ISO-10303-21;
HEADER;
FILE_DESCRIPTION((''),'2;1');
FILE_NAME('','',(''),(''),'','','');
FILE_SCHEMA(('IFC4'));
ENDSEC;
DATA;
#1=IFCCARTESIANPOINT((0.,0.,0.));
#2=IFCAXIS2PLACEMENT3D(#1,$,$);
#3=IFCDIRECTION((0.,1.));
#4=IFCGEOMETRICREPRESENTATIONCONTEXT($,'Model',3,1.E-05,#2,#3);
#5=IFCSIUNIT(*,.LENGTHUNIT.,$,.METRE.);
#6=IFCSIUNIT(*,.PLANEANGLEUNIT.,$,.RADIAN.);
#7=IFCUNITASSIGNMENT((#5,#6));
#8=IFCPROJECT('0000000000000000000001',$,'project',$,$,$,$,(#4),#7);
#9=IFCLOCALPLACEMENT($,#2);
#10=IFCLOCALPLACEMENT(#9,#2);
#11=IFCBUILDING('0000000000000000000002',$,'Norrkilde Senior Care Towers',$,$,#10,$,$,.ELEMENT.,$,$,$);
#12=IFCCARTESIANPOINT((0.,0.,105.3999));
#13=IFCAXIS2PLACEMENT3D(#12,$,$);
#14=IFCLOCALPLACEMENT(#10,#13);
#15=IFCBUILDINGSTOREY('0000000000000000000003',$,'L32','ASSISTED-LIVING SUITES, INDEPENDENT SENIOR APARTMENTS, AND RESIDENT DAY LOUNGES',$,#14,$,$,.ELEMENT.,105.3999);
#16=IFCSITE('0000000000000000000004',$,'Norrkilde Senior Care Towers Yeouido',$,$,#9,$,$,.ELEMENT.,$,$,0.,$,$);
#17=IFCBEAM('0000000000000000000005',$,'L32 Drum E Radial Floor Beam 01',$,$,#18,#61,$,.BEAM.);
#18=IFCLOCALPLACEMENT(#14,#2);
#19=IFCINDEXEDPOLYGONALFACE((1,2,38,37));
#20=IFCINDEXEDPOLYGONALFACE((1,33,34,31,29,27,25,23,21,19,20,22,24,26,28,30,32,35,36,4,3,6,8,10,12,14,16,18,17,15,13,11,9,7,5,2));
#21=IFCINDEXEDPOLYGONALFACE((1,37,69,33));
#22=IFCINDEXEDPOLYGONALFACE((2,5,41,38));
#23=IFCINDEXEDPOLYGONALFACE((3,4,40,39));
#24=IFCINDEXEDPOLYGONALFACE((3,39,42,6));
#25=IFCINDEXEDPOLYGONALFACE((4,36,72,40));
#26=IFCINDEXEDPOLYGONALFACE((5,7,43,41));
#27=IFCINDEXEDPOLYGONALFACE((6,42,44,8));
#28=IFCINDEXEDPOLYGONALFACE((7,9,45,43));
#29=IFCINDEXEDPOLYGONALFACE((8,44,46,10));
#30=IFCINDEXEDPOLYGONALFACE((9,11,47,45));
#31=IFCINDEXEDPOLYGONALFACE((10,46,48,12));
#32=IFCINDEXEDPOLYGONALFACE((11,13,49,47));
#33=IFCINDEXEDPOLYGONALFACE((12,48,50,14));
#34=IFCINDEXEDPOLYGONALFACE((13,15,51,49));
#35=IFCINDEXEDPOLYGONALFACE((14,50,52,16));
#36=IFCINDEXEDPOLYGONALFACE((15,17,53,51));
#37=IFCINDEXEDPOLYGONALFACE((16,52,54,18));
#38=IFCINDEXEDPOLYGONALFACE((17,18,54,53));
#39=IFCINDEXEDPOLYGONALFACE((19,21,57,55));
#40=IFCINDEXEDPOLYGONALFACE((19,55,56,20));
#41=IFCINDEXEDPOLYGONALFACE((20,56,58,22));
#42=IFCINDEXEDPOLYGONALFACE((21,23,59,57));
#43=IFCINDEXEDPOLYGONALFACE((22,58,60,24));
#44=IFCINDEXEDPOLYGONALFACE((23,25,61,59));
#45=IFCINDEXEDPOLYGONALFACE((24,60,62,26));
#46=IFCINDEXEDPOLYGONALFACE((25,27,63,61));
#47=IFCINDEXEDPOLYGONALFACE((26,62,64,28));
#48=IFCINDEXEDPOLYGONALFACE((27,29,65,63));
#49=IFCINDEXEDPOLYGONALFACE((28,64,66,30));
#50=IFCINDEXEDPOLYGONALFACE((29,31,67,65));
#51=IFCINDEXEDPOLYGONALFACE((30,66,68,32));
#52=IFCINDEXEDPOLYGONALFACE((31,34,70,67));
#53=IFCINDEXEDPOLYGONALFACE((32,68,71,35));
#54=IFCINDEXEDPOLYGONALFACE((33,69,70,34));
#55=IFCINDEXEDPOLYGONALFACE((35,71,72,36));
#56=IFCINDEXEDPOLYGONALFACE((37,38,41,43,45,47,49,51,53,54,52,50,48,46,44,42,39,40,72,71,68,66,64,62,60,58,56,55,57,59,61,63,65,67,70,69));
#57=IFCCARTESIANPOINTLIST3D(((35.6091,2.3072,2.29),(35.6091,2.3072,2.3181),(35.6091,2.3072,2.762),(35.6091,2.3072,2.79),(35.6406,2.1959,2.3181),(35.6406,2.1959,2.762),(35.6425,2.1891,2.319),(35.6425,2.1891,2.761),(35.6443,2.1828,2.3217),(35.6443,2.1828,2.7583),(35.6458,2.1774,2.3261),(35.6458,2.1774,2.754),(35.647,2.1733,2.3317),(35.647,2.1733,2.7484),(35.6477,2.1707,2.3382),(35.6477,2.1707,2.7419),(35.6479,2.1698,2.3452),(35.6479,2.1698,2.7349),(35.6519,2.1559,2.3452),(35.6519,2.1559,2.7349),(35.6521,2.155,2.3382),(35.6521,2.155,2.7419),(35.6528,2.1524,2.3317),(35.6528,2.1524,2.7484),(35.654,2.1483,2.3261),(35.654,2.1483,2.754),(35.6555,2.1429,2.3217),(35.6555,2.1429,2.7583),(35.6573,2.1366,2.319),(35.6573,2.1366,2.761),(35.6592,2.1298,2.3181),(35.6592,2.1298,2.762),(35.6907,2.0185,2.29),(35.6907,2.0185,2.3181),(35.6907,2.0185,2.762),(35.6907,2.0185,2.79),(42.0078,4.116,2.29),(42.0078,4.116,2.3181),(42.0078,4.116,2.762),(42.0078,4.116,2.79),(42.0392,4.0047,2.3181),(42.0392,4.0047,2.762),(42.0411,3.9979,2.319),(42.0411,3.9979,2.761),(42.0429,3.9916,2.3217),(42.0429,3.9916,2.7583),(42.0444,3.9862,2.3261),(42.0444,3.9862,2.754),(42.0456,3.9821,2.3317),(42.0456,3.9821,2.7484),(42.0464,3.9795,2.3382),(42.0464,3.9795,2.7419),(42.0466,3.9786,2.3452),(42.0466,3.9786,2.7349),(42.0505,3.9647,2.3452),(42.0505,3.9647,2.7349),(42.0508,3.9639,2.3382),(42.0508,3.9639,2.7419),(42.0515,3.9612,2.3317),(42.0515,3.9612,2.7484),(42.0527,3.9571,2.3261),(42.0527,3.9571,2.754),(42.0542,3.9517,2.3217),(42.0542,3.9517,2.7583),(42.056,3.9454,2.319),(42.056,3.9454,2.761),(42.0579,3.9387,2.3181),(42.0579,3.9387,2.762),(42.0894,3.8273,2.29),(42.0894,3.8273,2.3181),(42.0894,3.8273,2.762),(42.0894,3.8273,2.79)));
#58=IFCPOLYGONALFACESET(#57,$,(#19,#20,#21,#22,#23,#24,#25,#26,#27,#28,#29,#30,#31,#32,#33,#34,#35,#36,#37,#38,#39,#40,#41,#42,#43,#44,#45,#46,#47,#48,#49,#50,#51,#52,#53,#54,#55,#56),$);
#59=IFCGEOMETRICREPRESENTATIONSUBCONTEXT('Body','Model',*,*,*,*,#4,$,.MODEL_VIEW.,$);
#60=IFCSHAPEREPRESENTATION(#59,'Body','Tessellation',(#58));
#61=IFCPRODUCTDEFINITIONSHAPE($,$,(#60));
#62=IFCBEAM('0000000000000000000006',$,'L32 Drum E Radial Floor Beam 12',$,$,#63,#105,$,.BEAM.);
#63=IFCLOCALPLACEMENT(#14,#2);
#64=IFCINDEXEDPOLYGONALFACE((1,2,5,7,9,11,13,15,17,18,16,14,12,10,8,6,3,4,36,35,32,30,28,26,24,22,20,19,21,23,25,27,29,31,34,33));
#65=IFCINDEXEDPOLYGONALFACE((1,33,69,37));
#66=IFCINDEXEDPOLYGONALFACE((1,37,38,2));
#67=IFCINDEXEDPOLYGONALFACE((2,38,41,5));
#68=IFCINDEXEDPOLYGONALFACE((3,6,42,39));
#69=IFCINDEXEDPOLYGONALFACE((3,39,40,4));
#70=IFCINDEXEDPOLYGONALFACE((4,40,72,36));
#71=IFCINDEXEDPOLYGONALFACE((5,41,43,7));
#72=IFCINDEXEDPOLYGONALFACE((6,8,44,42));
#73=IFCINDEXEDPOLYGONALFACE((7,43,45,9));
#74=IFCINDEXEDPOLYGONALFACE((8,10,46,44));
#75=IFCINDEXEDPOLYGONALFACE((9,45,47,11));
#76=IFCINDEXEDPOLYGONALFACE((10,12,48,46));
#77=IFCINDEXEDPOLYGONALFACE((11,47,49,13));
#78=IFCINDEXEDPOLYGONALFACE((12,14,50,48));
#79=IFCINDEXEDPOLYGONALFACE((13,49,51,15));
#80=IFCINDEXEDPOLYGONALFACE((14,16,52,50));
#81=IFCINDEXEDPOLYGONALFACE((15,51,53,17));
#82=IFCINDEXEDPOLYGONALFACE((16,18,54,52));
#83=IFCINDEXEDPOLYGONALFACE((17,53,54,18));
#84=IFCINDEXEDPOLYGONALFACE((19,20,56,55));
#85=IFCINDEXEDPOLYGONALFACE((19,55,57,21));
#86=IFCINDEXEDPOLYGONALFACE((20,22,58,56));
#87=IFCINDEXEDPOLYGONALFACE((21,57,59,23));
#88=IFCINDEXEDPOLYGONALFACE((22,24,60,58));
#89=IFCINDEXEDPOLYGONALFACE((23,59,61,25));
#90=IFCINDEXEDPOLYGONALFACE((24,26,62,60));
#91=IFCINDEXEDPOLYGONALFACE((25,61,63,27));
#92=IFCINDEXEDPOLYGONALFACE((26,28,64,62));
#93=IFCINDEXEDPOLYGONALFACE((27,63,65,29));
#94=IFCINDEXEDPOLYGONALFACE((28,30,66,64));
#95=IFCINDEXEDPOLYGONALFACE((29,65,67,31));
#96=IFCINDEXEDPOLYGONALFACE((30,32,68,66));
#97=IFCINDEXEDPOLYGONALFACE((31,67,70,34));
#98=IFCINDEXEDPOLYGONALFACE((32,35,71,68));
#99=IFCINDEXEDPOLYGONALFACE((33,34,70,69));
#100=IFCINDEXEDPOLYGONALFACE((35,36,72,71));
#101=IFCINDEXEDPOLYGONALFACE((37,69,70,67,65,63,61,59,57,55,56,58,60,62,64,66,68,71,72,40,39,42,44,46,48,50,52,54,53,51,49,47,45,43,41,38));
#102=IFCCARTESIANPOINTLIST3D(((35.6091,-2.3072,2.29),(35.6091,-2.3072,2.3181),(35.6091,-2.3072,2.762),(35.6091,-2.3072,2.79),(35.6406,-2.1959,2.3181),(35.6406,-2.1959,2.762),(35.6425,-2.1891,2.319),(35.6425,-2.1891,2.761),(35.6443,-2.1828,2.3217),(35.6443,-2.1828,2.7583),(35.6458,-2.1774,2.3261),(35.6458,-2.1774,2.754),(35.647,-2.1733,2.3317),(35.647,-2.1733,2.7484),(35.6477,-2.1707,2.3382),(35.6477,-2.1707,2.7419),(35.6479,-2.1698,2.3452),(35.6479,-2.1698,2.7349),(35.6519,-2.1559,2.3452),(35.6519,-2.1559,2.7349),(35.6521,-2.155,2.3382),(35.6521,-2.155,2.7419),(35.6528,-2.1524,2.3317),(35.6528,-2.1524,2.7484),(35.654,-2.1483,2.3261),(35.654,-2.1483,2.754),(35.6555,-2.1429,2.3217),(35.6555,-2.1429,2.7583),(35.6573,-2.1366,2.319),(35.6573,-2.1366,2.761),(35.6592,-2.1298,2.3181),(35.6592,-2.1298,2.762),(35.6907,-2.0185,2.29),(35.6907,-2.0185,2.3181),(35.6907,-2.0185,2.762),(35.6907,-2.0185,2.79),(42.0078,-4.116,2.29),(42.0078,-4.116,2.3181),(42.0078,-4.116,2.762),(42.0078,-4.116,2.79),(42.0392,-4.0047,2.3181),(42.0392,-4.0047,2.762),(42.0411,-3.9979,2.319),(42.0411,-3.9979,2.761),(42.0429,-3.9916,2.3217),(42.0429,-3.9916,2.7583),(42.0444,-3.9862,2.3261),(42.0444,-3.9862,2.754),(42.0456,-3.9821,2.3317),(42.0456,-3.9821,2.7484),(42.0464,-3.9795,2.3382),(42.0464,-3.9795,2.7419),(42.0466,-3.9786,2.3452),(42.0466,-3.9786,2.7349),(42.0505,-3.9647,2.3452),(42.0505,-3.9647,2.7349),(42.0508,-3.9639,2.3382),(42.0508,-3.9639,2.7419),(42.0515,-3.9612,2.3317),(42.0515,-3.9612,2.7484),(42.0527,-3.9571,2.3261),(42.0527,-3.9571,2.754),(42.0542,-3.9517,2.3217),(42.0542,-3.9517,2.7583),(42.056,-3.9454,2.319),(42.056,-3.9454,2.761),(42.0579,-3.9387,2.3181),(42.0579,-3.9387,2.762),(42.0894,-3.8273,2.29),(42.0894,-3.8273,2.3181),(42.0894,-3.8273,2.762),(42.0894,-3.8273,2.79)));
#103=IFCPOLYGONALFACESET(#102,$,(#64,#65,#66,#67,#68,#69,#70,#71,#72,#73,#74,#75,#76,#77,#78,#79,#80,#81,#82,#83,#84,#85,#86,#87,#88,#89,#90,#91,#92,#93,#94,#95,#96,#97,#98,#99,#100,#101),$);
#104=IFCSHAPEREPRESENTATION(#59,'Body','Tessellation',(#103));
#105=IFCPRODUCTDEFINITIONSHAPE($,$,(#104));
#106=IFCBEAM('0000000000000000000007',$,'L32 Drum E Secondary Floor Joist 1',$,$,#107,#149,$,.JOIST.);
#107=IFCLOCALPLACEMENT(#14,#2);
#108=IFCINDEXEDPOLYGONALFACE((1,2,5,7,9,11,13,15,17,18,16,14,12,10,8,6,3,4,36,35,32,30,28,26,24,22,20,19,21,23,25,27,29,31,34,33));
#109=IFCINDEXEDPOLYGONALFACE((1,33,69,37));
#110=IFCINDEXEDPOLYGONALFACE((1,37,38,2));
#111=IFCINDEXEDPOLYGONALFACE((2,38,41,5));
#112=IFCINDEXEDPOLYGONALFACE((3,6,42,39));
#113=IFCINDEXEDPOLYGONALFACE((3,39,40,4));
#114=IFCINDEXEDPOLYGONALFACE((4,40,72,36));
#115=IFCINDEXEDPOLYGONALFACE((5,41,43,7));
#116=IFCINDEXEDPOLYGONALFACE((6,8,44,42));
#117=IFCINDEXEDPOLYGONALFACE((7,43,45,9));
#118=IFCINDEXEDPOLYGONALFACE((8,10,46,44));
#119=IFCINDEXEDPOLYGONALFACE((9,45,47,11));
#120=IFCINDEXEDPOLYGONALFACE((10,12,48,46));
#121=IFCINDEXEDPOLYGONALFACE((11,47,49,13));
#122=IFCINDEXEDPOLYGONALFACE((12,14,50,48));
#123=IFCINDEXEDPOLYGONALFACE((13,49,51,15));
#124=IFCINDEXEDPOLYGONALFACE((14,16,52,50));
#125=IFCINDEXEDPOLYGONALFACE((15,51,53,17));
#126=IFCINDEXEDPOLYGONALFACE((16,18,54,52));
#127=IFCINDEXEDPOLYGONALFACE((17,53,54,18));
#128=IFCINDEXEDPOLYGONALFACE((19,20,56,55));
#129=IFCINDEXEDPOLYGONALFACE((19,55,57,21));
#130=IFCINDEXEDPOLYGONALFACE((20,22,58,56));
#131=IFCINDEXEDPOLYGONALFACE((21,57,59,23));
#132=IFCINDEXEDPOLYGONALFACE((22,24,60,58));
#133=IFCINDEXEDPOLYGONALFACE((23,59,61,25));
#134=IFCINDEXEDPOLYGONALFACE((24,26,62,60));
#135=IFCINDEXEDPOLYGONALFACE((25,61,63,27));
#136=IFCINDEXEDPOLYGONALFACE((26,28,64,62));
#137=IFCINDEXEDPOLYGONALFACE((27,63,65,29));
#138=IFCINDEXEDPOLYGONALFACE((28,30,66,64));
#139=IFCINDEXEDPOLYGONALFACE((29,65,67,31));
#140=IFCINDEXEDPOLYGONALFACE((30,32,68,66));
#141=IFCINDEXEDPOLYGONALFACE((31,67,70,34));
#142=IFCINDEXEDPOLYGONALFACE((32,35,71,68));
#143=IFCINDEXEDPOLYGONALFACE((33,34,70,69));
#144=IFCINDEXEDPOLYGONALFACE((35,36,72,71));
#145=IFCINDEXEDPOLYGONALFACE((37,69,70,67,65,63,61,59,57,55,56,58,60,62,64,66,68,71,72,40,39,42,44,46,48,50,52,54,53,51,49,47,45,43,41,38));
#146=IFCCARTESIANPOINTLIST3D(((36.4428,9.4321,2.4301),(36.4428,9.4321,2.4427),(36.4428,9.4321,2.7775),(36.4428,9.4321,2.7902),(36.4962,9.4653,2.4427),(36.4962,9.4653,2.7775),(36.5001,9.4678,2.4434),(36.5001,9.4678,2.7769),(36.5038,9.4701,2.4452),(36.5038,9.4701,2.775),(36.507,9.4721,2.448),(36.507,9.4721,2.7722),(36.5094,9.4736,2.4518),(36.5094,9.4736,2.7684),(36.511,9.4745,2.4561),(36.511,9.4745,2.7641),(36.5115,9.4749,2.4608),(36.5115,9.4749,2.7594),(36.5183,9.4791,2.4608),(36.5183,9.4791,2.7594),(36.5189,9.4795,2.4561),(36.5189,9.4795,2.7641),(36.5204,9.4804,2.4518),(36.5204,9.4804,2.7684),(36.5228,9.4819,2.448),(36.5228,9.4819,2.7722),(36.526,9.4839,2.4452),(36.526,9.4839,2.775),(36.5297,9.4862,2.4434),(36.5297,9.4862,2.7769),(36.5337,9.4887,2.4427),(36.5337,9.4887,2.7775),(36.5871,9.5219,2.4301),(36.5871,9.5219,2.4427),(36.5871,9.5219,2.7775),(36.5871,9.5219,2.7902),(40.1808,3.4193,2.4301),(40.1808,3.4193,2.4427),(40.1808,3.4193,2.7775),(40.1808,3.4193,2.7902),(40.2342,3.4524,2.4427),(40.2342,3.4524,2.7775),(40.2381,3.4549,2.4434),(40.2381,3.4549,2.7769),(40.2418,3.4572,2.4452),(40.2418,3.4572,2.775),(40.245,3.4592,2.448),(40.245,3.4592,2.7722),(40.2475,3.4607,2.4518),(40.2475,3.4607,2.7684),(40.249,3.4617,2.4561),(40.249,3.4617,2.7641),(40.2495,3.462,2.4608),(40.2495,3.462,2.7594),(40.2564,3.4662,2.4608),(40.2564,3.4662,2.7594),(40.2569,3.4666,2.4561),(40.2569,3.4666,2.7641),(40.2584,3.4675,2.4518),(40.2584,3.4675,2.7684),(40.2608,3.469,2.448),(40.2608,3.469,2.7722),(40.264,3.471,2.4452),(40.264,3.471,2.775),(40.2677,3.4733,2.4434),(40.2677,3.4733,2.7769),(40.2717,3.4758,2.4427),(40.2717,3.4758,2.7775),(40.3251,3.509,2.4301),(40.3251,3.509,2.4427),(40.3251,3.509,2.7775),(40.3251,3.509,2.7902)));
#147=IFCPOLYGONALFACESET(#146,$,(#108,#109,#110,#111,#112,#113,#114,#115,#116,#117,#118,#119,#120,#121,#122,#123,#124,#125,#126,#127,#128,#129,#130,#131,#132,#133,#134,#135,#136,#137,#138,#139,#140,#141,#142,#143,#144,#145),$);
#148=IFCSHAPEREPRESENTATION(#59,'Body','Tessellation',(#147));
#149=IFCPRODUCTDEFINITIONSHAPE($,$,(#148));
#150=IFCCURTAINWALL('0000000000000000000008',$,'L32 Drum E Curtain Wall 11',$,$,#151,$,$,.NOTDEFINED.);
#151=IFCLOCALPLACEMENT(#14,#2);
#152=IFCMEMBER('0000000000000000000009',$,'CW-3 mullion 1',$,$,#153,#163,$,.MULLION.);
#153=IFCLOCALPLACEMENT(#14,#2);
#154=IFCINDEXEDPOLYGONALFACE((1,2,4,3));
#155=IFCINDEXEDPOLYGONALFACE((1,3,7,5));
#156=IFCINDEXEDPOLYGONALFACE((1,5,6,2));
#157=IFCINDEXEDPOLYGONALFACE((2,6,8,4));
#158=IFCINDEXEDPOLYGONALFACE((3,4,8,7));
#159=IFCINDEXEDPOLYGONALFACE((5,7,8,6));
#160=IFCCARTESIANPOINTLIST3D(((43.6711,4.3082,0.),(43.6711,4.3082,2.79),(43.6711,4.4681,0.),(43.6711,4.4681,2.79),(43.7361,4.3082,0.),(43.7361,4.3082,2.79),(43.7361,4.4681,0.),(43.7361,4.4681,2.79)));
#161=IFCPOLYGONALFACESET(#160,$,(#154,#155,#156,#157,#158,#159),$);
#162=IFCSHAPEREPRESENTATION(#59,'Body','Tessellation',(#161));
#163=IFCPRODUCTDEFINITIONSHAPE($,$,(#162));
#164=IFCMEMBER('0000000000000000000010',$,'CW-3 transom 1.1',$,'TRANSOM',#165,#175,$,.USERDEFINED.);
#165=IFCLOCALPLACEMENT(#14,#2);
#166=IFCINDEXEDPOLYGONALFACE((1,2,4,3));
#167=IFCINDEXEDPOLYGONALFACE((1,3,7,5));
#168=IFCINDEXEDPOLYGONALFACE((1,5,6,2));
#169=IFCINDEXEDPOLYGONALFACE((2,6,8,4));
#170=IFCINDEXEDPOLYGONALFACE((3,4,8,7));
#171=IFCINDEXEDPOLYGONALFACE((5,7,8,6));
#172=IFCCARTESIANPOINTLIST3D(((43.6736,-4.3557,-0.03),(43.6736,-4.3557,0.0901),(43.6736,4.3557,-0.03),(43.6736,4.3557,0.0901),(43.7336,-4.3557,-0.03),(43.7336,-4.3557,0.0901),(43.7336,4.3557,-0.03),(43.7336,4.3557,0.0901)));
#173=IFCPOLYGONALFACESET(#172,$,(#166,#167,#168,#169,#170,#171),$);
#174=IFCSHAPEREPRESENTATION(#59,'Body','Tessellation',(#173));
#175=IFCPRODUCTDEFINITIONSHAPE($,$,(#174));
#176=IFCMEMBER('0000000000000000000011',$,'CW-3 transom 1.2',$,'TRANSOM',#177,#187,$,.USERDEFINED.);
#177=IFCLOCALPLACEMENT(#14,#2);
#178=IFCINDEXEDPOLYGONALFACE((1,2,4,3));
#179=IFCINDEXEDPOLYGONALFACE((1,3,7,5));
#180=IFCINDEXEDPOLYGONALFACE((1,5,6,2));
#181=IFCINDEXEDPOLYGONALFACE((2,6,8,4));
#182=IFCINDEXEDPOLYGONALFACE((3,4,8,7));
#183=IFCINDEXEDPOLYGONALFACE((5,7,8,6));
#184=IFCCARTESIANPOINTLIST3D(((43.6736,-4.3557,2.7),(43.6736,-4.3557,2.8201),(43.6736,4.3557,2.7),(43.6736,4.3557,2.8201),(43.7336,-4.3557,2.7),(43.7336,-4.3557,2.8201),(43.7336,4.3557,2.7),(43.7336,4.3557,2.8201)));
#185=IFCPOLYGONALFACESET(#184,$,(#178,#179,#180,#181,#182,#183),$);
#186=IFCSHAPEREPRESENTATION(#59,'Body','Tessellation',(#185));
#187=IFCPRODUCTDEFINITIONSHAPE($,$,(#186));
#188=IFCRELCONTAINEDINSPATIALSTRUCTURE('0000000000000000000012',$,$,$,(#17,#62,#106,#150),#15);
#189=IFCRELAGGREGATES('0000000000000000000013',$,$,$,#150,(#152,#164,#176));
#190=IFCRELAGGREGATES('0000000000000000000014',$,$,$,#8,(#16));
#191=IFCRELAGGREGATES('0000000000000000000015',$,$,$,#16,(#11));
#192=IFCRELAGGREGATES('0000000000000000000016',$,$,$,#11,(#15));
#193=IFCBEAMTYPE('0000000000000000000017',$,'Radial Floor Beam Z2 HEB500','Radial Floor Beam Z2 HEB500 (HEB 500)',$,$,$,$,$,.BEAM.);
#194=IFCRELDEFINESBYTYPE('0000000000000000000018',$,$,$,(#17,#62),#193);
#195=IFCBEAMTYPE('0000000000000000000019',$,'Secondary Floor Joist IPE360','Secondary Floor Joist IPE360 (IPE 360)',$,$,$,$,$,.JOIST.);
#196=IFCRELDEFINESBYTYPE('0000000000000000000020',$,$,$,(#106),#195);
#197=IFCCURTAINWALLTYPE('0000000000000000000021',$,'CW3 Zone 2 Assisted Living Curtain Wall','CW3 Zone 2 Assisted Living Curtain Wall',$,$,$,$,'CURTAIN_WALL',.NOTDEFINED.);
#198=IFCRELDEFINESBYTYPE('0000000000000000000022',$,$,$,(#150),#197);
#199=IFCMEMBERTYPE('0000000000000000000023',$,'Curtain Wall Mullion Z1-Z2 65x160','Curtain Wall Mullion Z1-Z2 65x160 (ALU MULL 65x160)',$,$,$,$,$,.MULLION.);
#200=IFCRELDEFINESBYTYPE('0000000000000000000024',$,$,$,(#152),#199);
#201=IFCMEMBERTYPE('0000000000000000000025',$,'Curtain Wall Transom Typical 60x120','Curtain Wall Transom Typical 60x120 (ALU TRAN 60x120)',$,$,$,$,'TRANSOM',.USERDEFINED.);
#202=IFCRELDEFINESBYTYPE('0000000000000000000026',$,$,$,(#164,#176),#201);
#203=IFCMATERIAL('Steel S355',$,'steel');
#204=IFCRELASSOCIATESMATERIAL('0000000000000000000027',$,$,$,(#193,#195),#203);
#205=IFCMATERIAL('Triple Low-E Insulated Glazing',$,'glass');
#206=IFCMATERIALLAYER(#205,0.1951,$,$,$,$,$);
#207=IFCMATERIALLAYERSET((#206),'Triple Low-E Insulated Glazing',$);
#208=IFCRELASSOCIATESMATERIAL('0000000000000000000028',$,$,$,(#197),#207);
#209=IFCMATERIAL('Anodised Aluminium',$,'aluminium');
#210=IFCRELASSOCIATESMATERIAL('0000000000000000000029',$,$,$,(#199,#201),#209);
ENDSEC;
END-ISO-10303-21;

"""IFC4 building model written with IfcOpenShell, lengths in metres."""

from ifc_helpers import new_model, si_unit, direction, frame, origin, origin_2d, place, context, subcontext, project, spatial, rectangle, i_section, extrude, source, transform, mapped, material, layer, layer_set, material_profile, profile_set, type_object, type_shapes, element, aggregate, save


model = new_model("IFC4")

# Units and contexts
model_context = context("Model", 3, precision=1e-05, world=origin(), true_north=direction((0.0, 1.0)))
body_context = subcontext(model_context, "Body", "Model", "MODEL_VIEW")
ifc_project = project(units=[si_unit("LENGTHUNIT", "METRE"), si_unit("PLANEANGLEUNIT", "RADIAN")], contexts=[model_context])

# Site, building, storey
site_placement = place(None, origin())
site = spatial("IfcSite", under=ifc_project, at=site_placement, Name="Norrkilde Senior Care Towers Yeouido", CompositionType="ELEMENT", RefElevation=0.0)
building_placement = place(site_placement, origin())
building = spatial("IfcBuilding", under=site, at=building_placement, Name="Norrkilde Senior Care Towers", CompositionType="ELEMENT")
storey_placement = place(building_placement, frame((0.0, 0.0, 105.3999)))
storey = spatial("IfcBuildingStorey", under=building, at=storey_placement, Name="L32", Description="ASSISTED-LIVING SUITES, INDEPENDENT SENIOR APARTMENTS, AND RESIDENT DAY LOUNGES", CompositionType="ELEMENT", Elevation=105.3999)

# Beams
ifc_material_1 = material(Name="Steel S355", Category="steel")
ifc_material_profile_1 = material_profile(ifc_material_1, i_section(OverallWidth=0.3, OverallDepth=0.5, WebThickness=0.0144, FlangeThickness=0.0281, FilletRadius=0.0271, at=origin_2d()), Name="HEB 500")
ifc_profile_set_1 = profile_set([ifc_material_profile_1], Name="Steel S355")
beam_type_1 = type_object("IfcBeamType", Name="Radial Floor Beam Z2 HEB500", Description="Radial Floor Beam Z2 HEB500 (HEB 500)", PredefinedType="BEAM", material=ifc_profile_set_1)
shared_shape_1 = source(origin(), body_context, "Body", "SweptSolid", [
    extrude(i_section(OverallWidth=0.3, OverallDepth=0.5, WebThickness=0.0144, FlangeThickness=0.0281, FilletRadius=0.0271, at=origin_2d()), origin(), (0.0, 0.0, 1.0), 6.6494),
])
type_shapes(beam_type_1, [shared_shape_1])
for number, where, z_axis, x_axis, name in (
    (1, (35.6499, 2.1628, 2.54), (0.962289, 0.272029, 0.0), (-0.272029, 0.962289, 0.0), "L32 Drum E Radial Floor Beam 01"),
    (2, (35.6499, -2.1628, 2.54), (0.962289, -0.272029, 0.0), (0.272029, 0.962289, 0.0), "L32 Drum E Radial Floor Beam 12"),
):
    element("IfcBeam", number, at=place(storey_placement, frame(where, z_axis=z_axis, x_axis=x_axis)), inside=storey, type_object=beam_type_1, Name=name, PredefinedType="BEAM", context=body_context, shape_type="MappedRepresentation", body=[
        mapped(shared_shape_1, transform((0.0, 0.0, 0.0), x_axis=(1.0, 0.0, 0.0), y_axis=(0.0, 1.0, 0.0), z_axis=(0.0, 0.0, 1.0), scale=1.0)),
    ])
ifc_material_profile_2 = material_profile(ifc_material_1, i_section(OverallWidth=0.1699, OverallDepth=0.3601, WebThickness=0.0081, FlangeThickness=0.0127, FilletRadius=0.0181, at=origin_2d()), Name="IPE 360")
ifc_profile_set_2 = profile_set([ifc_material_profile_2], Name="Steel S355")
beam_type_2 = type_object("IfcBeamType", Name="Secondary Floor Joist IPE360", Description="Secondary Floor Joist IPE360 (IPE 360)", PredefinedType="JOIST", material=ifc_profile_set_2)
shared_shape_2 = source(origin(), body_context, "Body", "SweptSolid", [
    extrude(i_section(OverallWidth=0.1699, OverallDepth=0.3601, WebThickness=0.0081, FlangeThickness=0.0127, FilletRadius=0.0181, at=origin_2d()), origin(), (0.0, 0.0, 1.0), 7.0801),
])
type_shapes(beam_type_2, [shared_shape_2])
beam_1_placement = place(storey_placement, frame((40.2529, 3.4641, 2.6101), z_axis=(-0.527961, 0.849269, 0.0), x_axis=(-0.849269, -0.527961, 0.0)))
element("IfcBeam", 3, at=beam_1_placement, inside=storey, type_object=beam_type_2, Name="L32 Drum E Secondary Floor Joist 1", PredefinedType="JOIST", context=body_context, shape_type="MappedRepresentation", body=[
    mapped(shared_shape_2, transform((0.0, 0.0, 0.0), x_axis=(1.0, 0.0, 0.0), y_axis=(0.0, 1.0, 0.0), z_axis=(0.0, 0.0, 1.0), scale=1.0)),
])

# Curtain wall, members
ifc_material_2 = material(Name="Triple Low-E Insulated Glazing", Category="glass")
ifc_layer_1 = layer(ifc_material_2, 0.1951)
ifc_layer_set_1 = layer_set([ifc_layer_1], Name="Triple Low-E Insulated Glazing")
curtain_wall_type = type_object("IfcCurtainWallType", Name="CW3 Zone 2 Assisted Living Curtain Wall", Description="CW3 Zone 2 Assisted Living Curtain Wall", ElementType="CURTAIN_WALL", PredefinedType="NOTDEFINED", material=ifc_layer_set_1)
curtain_wall_placement = place(storey_placement, origin())
curtain_wall = element("IfcCurtainWall", 4, at=curtain_wall_placement, inside=storey, type_object=curtain_wall_type, Name="L32 Drum E Curtain Wall 11", PredefinedType="NOTDEFINED")
ifc_material_3 = material(Name="Anodised Aluminium", Category="aluminium")
ifc_material_profile_3 = material_profile(ifc_material_3, rectangle(XDim=0.0649, YDim=0.1599, at=origin_2d()), Name="ALU MULL 65x160")
ifc_profile_set_3 = profile_set([ifc_material_profile_3], Name="Anodised Aluminium")
member_type_1 = type_object("IfcMemberType", Name="Curtain Wall Mullion Z1-Z2 65x160", Description="Curtain Wall Mullion Z1-Z2 65x160 (ALU MULL 65x160)", PredefinedType="MULLION", material=ifc_profile_set_3)
shared_shape_3 = source(origin(), body_context, "Body", "SweptSolid", [
    extrude(rectangle(XDim=0.0649, YDim=0.1599, at=origin_2d()), origin(), (0.0, 0.0, 1.0), 2.79),
])
type_shapes(member_type_1, [shared_shape_3])
member_1_placement = place(storey_placement, frame((43.7036, 4.3882, 0.0), z_axis=(0.0, 0.0, 1.0), x_axis=(1.0, 0.0, 0.0)))
member_1 = element("IfcMember", 5, at=member_1_placement, type_object=member_type_1, Name="CW-3 mullion 1", PredefinedType="MULLION", context=body_context, shape_type="MappedRepresentation", body=[
    mapped(shared_shape_3, transform((0.0, 0.0, 0.0), x_axis=(1.0, 0.0, 0.0), y_axis=(0.0, 1.0, 0.0), z_axis=(0.0, 0.0, 1.0), scale=1.0)),
])
ifc_material_profile_4 = material_profile(ifc_material_3, rectangle(XDim=0.0601, YDim=0.1201, at=origin_2d()), Name="ALU TRAN 60x120")
ifc_profile_set_4 = profile_set([ifc_material_profile_4], Name="Anodised Aluminium")
member_type_2 = type_object("IfcMemberType", Name="Curtain Wall Transom Typical 60x120", Description="Curtain Wall Transom Typical 60x120 (ALU TRAN 60x120)", ElementType="TRANSOM", PredefinedType="USERDEFINED", material=ifc_profile_set_4)
shared_shape_4 = source(origin(), body_context, "Body", "SweptSolid", [
    extrude(rectangle(XDim=0.0601, YDim=0.1201, at=origin_2d()), origin(), (0.0, 0.0, 1.0), 8.7114),
])
type_shapes(member_type_2, [shared_shape_4])
member_2_placement = place(storey_placement, frame((43.7036, 4.3557, 0.03), z_axis=(0.0, -1.0, 0.0), x_axis=(1.0, 0.0, 0.0)))
member_2 = element("IfcMember", 6, at=member_2_placement, type_object=member_type_2, Name="CW-3 transom 1.1", ObjectType="TRANSOM", PredefinedType="USERDEFINED", context=body_context, shape_type="MappedRepresentation", body=[
    mapped(shared_shape_4, transform((0.0, 0.0, 0.0), x_axis=(1.0, 0.0, 0.0), y_axis=(0.0, 1.0, 0.0), z_axis=(0.0, 0.0, 1.0), scale=1.0)),
])
member_3_placement = place(storey_placement, frame((43.7036, 4.3557, 2.76), z_axis=(0.0, -1.0, 0.0), x_axis=(1.0, 0.0, 0.0)))
member_3 = element("IfcMember", 7, at=member_3_placement, type_object=member_type_2, Name="CW-3 transom 1.2", ObjectType="TRANSOM", PredefinedType="USERDEFINED", context=body_context, shape_type="MappedRepresentation", body=[
    mapped(shared_shape_4, transform((0.0, 0.0, 0.0), x_axis=(1.0, 0.0, 0.0), y_axis=(0.0, 1.0, 0.0), z_axis=(0.0, 0.0, 1.0), scale=1.0)),
])
aggregate(curtain_wall, [member_1, member_2, member_3])

save(model, "model.ifc")
